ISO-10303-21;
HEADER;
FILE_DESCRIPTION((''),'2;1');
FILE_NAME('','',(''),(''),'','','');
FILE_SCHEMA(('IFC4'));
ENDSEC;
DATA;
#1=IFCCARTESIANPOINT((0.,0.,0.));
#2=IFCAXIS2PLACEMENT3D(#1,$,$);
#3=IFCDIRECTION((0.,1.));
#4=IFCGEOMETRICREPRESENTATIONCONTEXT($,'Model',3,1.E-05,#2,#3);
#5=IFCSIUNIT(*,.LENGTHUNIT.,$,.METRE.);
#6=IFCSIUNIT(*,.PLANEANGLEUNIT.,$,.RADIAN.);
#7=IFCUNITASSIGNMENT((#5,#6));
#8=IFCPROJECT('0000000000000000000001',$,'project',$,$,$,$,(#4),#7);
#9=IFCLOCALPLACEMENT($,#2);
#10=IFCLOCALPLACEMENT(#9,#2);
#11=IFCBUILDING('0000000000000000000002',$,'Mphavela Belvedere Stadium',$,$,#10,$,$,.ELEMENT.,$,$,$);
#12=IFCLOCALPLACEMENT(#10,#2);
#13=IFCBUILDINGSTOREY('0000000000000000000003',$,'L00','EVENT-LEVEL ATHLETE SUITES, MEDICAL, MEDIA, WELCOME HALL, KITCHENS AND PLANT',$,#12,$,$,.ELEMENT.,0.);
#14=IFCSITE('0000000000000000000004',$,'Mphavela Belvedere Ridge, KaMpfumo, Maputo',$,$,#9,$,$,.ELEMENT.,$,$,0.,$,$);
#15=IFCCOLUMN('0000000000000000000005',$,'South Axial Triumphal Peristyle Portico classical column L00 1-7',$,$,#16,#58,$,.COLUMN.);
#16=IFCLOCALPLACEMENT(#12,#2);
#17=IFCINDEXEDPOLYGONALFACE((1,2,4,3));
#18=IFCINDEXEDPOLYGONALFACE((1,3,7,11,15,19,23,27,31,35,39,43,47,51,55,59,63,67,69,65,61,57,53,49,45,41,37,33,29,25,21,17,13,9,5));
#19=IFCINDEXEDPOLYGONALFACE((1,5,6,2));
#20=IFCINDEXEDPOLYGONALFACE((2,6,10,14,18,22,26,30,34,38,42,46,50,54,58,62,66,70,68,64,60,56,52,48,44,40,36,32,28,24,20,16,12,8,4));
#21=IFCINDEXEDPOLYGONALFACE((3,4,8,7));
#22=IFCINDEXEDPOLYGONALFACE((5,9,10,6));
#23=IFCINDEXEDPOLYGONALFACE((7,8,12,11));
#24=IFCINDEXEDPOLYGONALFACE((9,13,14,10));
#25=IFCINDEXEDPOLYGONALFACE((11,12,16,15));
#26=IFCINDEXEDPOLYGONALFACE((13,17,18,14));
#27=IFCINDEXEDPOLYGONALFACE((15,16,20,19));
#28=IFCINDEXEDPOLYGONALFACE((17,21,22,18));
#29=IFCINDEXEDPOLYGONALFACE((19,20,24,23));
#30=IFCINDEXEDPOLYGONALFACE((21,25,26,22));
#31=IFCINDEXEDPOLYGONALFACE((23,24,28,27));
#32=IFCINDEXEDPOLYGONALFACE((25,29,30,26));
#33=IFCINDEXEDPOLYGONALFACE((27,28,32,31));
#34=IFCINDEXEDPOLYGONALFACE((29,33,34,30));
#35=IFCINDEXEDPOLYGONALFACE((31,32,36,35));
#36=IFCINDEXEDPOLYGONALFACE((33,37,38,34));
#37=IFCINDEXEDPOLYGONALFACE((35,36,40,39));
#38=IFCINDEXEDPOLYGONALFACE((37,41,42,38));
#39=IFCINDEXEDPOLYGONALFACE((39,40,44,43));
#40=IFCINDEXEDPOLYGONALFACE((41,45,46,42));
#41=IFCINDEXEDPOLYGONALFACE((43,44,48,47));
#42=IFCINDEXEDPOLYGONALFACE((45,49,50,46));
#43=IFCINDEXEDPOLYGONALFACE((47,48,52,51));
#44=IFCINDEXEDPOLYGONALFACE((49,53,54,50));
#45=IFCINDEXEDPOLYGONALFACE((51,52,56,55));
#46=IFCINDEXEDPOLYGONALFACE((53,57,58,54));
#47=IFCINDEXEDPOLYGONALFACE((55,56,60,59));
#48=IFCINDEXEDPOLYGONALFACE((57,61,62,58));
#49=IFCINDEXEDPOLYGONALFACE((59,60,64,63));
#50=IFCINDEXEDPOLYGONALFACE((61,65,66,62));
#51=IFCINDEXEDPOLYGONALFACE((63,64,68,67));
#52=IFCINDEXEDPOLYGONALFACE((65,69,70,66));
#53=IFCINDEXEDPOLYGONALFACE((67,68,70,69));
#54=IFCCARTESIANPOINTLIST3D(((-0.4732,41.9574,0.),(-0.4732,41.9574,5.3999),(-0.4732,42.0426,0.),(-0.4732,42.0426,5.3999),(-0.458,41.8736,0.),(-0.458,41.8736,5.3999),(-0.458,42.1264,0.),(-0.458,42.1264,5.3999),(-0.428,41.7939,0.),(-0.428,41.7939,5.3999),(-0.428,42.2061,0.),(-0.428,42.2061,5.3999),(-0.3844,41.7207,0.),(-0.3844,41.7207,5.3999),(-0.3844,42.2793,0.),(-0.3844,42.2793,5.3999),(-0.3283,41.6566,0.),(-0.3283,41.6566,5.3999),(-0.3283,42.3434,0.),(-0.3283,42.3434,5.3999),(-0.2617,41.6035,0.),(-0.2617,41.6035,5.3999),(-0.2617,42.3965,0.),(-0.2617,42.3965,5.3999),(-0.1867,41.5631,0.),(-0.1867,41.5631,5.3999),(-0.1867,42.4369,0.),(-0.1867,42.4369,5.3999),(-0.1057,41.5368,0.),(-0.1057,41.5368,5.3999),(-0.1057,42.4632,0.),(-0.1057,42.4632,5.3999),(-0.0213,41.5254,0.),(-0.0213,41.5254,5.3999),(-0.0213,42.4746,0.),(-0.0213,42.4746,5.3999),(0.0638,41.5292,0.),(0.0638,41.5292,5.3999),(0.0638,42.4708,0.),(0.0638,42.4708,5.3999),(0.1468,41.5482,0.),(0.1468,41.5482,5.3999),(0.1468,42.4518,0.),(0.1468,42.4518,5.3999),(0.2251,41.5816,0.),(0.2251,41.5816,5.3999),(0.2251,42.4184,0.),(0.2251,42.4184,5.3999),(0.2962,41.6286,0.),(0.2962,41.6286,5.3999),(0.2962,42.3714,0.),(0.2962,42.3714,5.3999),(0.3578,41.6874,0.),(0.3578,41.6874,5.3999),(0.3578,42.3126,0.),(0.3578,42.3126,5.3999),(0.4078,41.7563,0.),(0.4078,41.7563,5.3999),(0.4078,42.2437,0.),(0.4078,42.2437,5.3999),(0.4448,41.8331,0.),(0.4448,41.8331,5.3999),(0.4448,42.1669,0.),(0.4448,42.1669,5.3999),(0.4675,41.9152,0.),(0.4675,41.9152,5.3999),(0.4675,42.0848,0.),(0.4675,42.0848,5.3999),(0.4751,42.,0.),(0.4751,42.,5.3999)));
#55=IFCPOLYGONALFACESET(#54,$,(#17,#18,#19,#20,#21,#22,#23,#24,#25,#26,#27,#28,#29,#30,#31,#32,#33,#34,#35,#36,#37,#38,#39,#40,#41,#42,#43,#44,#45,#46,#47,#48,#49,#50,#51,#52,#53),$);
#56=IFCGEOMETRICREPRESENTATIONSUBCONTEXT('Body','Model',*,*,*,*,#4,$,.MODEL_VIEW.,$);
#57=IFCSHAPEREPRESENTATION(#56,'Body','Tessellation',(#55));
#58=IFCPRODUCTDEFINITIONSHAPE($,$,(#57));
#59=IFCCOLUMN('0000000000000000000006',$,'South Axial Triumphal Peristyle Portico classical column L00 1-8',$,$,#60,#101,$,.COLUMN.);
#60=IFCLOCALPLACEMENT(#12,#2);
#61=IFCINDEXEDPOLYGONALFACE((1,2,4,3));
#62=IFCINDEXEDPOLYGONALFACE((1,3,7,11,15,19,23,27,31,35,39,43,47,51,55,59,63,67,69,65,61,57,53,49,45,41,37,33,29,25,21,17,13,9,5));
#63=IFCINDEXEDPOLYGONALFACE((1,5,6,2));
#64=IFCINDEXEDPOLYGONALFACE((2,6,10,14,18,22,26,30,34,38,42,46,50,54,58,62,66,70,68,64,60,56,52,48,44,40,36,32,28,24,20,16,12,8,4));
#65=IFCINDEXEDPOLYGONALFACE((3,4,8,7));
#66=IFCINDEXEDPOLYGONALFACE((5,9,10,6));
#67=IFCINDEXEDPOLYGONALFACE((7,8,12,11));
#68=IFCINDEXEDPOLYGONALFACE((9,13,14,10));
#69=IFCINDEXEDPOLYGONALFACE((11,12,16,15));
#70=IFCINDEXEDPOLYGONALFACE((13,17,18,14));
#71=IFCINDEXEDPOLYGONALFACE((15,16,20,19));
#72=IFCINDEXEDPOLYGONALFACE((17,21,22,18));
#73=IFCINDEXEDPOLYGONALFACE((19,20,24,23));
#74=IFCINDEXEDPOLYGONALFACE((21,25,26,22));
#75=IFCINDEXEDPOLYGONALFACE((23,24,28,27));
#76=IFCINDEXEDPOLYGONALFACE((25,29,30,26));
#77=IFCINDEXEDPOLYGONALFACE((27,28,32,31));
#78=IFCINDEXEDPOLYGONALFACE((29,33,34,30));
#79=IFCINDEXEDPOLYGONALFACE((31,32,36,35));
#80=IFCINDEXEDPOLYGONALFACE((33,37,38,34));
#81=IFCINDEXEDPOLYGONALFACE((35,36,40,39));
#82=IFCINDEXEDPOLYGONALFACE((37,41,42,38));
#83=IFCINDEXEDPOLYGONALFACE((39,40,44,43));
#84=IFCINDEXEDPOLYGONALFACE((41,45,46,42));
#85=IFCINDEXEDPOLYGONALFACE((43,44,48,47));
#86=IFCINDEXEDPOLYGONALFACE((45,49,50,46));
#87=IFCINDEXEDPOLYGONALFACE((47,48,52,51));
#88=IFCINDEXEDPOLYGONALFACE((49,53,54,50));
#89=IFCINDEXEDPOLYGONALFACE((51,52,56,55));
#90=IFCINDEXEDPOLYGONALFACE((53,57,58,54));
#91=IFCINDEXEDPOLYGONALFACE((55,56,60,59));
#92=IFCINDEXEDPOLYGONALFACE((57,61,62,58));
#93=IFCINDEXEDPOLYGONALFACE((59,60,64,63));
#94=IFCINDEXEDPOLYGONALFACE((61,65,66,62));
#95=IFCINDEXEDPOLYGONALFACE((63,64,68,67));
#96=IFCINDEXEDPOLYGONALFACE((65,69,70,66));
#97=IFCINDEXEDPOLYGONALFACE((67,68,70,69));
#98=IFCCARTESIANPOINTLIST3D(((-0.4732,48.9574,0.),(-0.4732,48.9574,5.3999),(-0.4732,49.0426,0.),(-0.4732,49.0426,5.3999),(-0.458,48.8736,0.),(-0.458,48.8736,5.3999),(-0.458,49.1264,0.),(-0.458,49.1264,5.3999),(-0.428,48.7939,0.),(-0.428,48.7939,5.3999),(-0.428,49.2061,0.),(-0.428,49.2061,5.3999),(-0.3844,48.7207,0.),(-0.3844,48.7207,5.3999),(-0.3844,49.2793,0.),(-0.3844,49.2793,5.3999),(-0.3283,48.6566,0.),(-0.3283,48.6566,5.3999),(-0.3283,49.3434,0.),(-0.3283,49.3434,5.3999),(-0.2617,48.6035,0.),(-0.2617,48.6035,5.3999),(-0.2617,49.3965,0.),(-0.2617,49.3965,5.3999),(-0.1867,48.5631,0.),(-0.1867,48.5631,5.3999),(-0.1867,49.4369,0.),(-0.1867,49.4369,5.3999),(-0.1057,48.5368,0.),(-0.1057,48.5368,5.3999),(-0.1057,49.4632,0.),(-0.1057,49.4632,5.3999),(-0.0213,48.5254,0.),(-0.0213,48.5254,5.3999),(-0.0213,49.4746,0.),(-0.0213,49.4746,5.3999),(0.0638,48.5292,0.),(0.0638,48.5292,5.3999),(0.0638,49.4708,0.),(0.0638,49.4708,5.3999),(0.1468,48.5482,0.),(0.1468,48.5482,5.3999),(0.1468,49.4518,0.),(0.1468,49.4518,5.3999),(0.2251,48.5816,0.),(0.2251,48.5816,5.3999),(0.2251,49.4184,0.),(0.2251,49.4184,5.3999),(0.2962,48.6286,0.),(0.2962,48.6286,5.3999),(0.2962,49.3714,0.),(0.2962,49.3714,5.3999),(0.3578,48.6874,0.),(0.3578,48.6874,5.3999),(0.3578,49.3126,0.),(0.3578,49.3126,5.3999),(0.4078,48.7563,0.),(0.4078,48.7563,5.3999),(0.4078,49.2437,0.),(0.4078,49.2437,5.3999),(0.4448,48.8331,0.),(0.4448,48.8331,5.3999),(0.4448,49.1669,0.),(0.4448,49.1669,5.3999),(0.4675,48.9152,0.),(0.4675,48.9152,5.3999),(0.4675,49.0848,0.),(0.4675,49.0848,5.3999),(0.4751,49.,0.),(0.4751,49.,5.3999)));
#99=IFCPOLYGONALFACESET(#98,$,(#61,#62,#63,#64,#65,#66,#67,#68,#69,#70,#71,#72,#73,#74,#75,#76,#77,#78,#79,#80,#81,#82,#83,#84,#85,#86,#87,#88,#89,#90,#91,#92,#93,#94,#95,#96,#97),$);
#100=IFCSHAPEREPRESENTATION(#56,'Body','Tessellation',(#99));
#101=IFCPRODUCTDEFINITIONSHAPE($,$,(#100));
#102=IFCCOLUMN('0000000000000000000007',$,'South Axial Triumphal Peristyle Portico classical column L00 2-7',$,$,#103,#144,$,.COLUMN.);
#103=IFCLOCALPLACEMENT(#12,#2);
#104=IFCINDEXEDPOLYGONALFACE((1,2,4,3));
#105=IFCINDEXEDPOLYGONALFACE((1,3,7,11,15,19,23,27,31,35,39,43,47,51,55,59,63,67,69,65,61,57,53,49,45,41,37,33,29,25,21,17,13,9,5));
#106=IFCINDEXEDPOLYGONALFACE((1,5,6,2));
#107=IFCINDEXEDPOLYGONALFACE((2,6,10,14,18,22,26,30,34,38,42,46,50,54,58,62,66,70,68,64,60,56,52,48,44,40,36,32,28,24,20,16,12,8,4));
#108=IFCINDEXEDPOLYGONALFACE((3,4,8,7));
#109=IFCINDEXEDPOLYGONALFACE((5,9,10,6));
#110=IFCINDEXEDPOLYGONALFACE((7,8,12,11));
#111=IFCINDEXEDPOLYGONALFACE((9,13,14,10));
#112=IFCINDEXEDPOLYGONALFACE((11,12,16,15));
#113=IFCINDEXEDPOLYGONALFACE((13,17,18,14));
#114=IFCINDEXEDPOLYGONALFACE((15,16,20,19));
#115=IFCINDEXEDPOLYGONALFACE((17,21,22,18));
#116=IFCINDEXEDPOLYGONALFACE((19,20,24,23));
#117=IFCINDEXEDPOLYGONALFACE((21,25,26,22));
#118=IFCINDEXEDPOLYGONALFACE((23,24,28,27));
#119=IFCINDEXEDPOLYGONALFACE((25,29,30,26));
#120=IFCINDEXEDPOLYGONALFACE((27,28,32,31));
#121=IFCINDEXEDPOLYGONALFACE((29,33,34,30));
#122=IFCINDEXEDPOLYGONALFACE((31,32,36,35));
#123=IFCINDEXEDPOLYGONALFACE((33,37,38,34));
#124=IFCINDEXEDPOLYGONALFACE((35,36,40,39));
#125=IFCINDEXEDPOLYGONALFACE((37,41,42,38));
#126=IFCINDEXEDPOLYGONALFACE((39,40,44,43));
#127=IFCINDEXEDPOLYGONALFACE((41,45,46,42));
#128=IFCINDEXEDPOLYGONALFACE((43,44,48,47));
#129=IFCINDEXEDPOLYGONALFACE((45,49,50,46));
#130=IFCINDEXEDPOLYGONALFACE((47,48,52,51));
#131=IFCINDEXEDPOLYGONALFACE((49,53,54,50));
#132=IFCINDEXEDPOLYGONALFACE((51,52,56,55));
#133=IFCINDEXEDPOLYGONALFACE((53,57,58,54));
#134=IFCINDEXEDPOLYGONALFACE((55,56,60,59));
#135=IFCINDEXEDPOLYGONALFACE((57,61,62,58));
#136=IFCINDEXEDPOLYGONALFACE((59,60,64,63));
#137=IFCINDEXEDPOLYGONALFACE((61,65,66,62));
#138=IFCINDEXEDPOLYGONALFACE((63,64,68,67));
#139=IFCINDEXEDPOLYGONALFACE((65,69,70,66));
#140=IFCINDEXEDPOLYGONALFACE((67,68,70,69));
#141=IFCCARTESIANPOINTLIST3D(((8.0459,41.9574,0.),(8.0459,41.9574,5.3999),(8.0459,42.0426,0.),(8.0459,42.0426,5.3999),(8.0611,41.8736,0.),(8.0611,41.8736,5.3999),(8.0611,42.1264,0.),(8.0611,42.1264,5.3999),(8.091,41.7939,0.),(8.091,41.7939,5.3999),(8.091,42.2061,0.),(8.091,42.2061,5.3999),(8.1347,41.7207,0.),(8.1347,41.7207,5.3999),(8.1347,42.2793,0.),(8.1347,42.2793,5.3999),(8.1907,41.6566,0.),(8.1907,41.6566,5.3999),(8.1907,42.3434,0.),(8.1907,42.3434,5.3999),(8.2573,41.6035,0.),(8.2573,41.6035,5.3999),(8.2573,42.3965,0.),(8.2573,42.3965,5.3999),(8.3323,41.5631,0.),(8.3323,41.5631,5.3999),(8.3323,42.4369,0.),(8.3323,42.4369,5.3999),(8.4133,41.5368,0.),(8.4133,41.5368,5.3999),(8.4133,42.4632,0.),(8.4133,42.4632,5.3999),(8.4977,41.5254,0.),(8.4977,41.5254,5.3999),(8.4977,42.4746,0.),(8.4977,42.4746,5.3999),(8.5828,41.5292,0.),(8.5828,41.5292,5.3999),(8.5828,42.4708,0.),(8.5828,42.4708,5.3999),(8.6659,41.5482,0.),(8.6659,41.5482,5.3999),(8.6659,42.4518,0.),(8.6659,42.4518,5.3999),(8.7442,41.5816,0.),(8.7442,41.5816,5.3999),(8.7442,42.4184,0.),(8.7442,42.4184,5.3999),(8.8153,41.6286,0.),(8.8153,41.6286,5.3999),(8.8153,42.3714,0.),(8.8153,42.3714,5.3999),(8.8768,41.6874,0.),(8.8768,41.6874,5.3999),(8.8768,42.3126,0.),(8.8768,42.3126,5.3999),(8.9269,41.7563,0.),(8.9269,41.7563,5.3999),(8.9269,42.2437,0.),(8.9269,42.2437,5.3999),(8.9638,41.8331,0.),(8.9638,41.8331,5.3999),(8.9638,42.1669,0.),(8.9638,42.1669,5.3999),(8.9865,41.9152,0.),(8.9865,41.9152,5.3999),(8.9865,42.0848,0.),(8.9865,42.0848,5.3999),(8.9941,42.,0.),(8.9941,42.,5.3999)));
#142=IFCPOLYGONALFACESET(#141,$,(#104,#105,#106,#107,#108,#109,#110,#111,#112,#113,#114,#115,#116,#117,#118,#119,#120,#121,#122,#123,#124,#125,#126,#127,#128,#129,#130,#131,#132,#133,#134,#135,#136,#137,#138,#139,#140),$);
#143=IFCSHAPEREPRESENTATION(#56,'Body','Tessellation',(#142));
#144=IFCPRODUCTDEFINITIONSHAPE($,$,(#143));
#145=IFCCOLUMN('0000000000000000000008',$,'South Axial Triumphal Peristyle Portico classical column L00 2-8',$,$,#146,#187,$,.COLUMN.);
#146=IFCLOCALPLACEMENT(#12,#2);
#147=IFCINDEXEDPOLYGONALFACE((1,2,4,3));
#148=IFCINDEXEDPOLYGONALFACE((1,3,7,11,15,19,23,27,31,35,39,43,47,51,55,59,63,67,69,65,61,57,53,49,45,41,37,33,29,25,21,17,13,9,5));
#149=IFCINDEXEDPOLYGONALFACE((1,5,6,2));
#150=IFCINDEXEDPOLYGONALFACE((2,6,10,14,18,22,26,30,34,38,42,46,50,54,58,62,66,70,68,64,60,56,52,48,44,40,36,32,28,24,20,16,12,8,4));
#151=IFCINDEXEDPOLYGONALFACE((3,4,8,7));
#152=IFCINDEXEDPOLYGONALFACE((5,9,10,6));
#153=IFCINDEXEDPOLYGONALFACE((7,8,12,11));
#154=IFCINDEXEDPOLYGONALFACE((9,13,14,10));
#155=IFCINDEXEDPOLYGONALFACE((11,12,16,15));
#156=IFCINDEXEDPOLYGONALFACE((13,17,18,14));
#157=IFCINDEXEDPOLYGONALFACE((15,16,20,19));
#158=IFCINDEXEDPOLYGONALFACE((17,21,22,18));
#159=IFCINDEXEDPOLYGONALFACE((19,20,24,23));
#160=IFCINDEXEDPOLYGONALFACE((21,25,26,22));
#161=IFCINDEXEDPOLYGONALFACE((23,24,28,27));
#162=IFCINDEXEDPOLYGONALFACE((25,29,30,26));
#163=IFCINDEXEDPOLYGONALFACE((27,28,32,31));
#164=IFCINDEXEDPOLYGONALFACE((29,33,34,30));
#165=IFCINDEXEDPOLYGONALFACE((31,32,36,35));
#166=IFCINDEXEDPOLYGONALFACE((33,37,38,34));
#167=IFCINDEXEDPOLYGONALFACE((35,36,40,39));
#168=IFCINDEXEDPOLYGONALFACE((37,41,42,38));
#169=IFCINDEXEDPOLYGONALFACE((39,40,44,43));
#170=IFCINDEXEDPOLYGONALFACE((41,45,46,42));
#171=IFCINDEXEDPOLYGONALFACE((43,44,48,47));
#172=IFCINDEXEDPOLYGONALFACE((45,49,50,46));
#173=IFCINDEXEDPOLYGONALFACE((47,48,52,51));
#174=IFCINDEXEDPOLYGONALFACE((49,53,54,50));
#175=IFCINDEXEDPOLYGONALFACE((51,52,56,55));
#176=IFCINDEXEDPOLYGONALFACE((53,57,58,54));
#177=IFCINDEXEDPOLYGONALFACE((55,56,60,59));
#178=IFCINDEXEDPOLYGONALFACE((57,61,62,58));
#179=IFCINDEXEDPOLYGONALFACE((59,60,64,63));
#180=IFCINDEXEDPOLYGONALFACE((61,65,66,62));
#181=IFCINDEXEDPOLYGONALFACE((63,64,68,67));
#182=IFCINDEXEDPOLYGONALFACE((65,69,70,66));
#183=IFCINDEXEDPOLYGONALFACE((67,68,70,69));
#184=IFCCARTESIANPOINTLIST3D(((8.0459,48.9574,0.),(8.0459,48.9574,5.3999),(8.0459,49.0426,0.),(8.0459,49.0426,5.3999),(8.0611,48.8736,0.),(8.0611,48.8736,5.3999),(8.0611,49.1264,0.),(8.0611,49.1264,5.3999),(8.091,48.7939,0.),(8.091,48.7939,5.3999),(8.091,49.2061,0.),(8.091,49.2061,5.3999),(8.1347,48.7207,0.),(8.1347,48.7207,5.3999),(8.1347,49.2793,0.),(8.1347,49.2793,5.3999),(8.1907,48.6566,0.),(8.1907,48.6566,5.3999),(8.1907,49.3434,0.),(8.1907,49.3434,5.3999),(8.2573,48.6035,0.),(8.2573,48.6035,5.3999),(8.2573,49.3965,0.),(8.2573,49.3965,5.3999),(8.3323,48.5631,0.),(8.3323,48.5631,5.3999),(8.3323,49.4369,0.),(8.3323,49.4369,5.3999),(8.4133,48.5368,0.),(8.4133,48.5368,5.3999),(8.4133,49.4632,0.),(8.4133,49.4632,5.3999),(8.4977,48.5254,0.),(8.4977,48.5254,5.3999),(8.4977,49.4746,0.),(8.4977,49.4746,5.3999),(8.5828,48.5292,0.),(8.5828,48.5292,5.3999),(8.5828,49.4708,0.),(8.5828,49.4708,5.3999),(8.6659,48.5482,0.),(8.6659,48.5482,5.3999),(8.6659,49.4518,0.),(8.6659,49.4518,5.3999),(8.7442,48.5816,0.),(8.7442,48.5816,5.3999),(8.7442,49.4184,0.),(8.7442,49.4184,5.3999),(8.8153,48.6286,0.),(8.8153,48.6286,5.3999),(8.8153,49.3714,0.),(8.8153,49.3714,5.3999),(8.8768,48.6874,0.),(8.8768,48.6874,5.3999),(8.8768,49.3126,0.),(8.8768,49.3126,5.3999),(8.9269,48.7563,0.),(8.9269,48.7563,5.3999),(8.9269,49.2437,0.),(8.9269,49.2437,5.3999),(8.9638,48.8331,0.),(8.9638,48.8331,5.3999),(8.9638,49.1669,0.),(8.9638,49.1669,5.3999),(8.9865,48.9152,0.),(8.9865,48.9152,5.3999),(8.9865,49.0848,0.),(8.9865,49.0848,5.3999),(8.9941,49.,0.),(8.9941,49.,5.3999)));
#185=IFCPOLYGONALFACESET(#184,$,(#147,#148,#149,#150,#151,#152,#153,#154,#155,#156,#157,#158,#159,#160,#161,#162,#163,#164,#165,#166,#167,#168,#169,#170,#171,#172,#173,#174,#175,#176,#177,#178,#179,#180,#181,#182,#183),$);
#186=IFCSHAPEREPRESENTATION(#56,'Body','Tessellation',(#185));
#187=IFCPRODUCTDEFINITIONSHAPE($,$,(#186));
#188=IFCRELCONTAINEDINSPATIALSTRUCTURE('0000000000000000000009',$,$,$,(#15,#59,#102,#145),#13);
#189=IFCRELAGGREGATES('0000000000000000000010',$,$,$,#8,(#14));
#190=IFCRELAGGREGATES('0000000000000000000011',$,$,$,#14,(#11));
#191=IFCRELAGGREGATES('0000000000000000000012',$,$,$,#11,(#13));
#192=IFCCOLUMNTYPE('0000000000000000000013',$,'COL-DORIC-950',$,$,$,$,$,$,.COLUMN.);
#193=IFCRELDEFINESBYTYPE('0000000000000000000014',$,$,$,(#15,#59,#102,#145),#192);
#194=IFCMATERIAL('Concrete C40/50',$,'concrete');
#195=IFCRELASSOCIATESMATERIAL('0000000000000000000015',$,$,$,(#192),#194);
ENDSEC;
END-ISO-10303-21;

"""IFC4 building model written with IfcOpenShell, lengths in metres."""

from ifc_helpers import new_model, si_unit, direction, frame, origin, origin_2d, place, context, subcontext, project, spatial, circle, extrude, material, material_profile, profile_set, type_object, element, save


model = new_model("IFC4")

# Units and contexts
model_context = context("Model", 3, precision=1e-05, world=origin(), true_north=direction((0.0, 1.0)))
body_context = subcontext(model_context, "Body", "Model", "MODEL_VIEW")
ifc_project = project(units=[si_unit("LENGTHUNIT", "METRE"), si_unit("PLANEANGLEUNIT", "RADIAN")], contexts=[model_context])

# Site, building, storey
site_placement = place(None, origin())
site = spatial("IfcSite", under=ifc_project, at=site_placement, Name="Mphavela Belvedere Ridge, KaMpfumo, Maputo", CompositionType="ELEMENT", RefElevation=0.0)
building_placement = place(site_placement, origin())
building = spatial("IfcBuilding", under=site, at=building_placement, Name="Mphavela Belvedere Stadium", CompositionType="ELEMENT")
storey_placement = place(building_placement, origin())
storey = spatial("IfcBuildingStorey", under=building, at=storey_placement, Name="L00", Description="EVENT-LEVEL ATHLETE SUITES, MEDICAL, MEDIA, WELCOME HALL, KITCHENS AND PLANT", CompositionType="ELEMENT", Elevation=0.0)

# Columns
ifc_material_1 = material(Name="Concrete C40/50", Category="concrete")
ifc_material_profile_1 = material_profile(ifc_material_1, circle(Radius=0.4751, at=origin_2d()), Name="COL D950")
ifc_profile_set_1 = profile_set([ifc_material_profile_1], Name="Concrete C40/50")
column_type_1 = type_object("IfcColumnType", Name="COL-DORIC-950", PredefinedType="COLUMN", material=ifc_profile_set_1)
for number, where, z_axis, x_axis, name in (
    (1, (0.0, 42.0, 0.0), (0.0, 0.0, 1.0), (1.0, 0.0, 0.0), "South Axial Triumphal Peristyle Portico classical column L00 1-7"),
    (2, (0.0, 49.0, 0.0), (0.0, 0.0, 1.0), (1.0, 0.0, 0.0), "South Axial Triumphal Peristyle Portico classical column L00 1-8"),
    (3, (8.519, 42.0, 0.0), (0.0, 0.0, 1.0), (1.0, 0.0, 0.0), "South Axial Triumphal Peristyle Portico classical column L00 2-7"),
    (4, (8.519, 49.0, 0.0), (0.0, 0.0, 1.0), (1.0, 0.0, 0.0), "South Axial Triumphal Peristyle Portico classical column L00 2-8"),
):
    element("IfcColumn", number, at=place(storey_placement, frame(where, z_axis=z_axis, x_axis=x_axis)), inside=storey, type_object=column_type_1, Name=name, PredefinedType="COLUMN", context=body_context, shape_type="SweptSolid", body=[
        extrude(circle(Radius=0.4751, at=origin_2d()), origin(), (0.0, 0.0, 1.0), 5.3999),
    ])

save(model, "model.ifc")
